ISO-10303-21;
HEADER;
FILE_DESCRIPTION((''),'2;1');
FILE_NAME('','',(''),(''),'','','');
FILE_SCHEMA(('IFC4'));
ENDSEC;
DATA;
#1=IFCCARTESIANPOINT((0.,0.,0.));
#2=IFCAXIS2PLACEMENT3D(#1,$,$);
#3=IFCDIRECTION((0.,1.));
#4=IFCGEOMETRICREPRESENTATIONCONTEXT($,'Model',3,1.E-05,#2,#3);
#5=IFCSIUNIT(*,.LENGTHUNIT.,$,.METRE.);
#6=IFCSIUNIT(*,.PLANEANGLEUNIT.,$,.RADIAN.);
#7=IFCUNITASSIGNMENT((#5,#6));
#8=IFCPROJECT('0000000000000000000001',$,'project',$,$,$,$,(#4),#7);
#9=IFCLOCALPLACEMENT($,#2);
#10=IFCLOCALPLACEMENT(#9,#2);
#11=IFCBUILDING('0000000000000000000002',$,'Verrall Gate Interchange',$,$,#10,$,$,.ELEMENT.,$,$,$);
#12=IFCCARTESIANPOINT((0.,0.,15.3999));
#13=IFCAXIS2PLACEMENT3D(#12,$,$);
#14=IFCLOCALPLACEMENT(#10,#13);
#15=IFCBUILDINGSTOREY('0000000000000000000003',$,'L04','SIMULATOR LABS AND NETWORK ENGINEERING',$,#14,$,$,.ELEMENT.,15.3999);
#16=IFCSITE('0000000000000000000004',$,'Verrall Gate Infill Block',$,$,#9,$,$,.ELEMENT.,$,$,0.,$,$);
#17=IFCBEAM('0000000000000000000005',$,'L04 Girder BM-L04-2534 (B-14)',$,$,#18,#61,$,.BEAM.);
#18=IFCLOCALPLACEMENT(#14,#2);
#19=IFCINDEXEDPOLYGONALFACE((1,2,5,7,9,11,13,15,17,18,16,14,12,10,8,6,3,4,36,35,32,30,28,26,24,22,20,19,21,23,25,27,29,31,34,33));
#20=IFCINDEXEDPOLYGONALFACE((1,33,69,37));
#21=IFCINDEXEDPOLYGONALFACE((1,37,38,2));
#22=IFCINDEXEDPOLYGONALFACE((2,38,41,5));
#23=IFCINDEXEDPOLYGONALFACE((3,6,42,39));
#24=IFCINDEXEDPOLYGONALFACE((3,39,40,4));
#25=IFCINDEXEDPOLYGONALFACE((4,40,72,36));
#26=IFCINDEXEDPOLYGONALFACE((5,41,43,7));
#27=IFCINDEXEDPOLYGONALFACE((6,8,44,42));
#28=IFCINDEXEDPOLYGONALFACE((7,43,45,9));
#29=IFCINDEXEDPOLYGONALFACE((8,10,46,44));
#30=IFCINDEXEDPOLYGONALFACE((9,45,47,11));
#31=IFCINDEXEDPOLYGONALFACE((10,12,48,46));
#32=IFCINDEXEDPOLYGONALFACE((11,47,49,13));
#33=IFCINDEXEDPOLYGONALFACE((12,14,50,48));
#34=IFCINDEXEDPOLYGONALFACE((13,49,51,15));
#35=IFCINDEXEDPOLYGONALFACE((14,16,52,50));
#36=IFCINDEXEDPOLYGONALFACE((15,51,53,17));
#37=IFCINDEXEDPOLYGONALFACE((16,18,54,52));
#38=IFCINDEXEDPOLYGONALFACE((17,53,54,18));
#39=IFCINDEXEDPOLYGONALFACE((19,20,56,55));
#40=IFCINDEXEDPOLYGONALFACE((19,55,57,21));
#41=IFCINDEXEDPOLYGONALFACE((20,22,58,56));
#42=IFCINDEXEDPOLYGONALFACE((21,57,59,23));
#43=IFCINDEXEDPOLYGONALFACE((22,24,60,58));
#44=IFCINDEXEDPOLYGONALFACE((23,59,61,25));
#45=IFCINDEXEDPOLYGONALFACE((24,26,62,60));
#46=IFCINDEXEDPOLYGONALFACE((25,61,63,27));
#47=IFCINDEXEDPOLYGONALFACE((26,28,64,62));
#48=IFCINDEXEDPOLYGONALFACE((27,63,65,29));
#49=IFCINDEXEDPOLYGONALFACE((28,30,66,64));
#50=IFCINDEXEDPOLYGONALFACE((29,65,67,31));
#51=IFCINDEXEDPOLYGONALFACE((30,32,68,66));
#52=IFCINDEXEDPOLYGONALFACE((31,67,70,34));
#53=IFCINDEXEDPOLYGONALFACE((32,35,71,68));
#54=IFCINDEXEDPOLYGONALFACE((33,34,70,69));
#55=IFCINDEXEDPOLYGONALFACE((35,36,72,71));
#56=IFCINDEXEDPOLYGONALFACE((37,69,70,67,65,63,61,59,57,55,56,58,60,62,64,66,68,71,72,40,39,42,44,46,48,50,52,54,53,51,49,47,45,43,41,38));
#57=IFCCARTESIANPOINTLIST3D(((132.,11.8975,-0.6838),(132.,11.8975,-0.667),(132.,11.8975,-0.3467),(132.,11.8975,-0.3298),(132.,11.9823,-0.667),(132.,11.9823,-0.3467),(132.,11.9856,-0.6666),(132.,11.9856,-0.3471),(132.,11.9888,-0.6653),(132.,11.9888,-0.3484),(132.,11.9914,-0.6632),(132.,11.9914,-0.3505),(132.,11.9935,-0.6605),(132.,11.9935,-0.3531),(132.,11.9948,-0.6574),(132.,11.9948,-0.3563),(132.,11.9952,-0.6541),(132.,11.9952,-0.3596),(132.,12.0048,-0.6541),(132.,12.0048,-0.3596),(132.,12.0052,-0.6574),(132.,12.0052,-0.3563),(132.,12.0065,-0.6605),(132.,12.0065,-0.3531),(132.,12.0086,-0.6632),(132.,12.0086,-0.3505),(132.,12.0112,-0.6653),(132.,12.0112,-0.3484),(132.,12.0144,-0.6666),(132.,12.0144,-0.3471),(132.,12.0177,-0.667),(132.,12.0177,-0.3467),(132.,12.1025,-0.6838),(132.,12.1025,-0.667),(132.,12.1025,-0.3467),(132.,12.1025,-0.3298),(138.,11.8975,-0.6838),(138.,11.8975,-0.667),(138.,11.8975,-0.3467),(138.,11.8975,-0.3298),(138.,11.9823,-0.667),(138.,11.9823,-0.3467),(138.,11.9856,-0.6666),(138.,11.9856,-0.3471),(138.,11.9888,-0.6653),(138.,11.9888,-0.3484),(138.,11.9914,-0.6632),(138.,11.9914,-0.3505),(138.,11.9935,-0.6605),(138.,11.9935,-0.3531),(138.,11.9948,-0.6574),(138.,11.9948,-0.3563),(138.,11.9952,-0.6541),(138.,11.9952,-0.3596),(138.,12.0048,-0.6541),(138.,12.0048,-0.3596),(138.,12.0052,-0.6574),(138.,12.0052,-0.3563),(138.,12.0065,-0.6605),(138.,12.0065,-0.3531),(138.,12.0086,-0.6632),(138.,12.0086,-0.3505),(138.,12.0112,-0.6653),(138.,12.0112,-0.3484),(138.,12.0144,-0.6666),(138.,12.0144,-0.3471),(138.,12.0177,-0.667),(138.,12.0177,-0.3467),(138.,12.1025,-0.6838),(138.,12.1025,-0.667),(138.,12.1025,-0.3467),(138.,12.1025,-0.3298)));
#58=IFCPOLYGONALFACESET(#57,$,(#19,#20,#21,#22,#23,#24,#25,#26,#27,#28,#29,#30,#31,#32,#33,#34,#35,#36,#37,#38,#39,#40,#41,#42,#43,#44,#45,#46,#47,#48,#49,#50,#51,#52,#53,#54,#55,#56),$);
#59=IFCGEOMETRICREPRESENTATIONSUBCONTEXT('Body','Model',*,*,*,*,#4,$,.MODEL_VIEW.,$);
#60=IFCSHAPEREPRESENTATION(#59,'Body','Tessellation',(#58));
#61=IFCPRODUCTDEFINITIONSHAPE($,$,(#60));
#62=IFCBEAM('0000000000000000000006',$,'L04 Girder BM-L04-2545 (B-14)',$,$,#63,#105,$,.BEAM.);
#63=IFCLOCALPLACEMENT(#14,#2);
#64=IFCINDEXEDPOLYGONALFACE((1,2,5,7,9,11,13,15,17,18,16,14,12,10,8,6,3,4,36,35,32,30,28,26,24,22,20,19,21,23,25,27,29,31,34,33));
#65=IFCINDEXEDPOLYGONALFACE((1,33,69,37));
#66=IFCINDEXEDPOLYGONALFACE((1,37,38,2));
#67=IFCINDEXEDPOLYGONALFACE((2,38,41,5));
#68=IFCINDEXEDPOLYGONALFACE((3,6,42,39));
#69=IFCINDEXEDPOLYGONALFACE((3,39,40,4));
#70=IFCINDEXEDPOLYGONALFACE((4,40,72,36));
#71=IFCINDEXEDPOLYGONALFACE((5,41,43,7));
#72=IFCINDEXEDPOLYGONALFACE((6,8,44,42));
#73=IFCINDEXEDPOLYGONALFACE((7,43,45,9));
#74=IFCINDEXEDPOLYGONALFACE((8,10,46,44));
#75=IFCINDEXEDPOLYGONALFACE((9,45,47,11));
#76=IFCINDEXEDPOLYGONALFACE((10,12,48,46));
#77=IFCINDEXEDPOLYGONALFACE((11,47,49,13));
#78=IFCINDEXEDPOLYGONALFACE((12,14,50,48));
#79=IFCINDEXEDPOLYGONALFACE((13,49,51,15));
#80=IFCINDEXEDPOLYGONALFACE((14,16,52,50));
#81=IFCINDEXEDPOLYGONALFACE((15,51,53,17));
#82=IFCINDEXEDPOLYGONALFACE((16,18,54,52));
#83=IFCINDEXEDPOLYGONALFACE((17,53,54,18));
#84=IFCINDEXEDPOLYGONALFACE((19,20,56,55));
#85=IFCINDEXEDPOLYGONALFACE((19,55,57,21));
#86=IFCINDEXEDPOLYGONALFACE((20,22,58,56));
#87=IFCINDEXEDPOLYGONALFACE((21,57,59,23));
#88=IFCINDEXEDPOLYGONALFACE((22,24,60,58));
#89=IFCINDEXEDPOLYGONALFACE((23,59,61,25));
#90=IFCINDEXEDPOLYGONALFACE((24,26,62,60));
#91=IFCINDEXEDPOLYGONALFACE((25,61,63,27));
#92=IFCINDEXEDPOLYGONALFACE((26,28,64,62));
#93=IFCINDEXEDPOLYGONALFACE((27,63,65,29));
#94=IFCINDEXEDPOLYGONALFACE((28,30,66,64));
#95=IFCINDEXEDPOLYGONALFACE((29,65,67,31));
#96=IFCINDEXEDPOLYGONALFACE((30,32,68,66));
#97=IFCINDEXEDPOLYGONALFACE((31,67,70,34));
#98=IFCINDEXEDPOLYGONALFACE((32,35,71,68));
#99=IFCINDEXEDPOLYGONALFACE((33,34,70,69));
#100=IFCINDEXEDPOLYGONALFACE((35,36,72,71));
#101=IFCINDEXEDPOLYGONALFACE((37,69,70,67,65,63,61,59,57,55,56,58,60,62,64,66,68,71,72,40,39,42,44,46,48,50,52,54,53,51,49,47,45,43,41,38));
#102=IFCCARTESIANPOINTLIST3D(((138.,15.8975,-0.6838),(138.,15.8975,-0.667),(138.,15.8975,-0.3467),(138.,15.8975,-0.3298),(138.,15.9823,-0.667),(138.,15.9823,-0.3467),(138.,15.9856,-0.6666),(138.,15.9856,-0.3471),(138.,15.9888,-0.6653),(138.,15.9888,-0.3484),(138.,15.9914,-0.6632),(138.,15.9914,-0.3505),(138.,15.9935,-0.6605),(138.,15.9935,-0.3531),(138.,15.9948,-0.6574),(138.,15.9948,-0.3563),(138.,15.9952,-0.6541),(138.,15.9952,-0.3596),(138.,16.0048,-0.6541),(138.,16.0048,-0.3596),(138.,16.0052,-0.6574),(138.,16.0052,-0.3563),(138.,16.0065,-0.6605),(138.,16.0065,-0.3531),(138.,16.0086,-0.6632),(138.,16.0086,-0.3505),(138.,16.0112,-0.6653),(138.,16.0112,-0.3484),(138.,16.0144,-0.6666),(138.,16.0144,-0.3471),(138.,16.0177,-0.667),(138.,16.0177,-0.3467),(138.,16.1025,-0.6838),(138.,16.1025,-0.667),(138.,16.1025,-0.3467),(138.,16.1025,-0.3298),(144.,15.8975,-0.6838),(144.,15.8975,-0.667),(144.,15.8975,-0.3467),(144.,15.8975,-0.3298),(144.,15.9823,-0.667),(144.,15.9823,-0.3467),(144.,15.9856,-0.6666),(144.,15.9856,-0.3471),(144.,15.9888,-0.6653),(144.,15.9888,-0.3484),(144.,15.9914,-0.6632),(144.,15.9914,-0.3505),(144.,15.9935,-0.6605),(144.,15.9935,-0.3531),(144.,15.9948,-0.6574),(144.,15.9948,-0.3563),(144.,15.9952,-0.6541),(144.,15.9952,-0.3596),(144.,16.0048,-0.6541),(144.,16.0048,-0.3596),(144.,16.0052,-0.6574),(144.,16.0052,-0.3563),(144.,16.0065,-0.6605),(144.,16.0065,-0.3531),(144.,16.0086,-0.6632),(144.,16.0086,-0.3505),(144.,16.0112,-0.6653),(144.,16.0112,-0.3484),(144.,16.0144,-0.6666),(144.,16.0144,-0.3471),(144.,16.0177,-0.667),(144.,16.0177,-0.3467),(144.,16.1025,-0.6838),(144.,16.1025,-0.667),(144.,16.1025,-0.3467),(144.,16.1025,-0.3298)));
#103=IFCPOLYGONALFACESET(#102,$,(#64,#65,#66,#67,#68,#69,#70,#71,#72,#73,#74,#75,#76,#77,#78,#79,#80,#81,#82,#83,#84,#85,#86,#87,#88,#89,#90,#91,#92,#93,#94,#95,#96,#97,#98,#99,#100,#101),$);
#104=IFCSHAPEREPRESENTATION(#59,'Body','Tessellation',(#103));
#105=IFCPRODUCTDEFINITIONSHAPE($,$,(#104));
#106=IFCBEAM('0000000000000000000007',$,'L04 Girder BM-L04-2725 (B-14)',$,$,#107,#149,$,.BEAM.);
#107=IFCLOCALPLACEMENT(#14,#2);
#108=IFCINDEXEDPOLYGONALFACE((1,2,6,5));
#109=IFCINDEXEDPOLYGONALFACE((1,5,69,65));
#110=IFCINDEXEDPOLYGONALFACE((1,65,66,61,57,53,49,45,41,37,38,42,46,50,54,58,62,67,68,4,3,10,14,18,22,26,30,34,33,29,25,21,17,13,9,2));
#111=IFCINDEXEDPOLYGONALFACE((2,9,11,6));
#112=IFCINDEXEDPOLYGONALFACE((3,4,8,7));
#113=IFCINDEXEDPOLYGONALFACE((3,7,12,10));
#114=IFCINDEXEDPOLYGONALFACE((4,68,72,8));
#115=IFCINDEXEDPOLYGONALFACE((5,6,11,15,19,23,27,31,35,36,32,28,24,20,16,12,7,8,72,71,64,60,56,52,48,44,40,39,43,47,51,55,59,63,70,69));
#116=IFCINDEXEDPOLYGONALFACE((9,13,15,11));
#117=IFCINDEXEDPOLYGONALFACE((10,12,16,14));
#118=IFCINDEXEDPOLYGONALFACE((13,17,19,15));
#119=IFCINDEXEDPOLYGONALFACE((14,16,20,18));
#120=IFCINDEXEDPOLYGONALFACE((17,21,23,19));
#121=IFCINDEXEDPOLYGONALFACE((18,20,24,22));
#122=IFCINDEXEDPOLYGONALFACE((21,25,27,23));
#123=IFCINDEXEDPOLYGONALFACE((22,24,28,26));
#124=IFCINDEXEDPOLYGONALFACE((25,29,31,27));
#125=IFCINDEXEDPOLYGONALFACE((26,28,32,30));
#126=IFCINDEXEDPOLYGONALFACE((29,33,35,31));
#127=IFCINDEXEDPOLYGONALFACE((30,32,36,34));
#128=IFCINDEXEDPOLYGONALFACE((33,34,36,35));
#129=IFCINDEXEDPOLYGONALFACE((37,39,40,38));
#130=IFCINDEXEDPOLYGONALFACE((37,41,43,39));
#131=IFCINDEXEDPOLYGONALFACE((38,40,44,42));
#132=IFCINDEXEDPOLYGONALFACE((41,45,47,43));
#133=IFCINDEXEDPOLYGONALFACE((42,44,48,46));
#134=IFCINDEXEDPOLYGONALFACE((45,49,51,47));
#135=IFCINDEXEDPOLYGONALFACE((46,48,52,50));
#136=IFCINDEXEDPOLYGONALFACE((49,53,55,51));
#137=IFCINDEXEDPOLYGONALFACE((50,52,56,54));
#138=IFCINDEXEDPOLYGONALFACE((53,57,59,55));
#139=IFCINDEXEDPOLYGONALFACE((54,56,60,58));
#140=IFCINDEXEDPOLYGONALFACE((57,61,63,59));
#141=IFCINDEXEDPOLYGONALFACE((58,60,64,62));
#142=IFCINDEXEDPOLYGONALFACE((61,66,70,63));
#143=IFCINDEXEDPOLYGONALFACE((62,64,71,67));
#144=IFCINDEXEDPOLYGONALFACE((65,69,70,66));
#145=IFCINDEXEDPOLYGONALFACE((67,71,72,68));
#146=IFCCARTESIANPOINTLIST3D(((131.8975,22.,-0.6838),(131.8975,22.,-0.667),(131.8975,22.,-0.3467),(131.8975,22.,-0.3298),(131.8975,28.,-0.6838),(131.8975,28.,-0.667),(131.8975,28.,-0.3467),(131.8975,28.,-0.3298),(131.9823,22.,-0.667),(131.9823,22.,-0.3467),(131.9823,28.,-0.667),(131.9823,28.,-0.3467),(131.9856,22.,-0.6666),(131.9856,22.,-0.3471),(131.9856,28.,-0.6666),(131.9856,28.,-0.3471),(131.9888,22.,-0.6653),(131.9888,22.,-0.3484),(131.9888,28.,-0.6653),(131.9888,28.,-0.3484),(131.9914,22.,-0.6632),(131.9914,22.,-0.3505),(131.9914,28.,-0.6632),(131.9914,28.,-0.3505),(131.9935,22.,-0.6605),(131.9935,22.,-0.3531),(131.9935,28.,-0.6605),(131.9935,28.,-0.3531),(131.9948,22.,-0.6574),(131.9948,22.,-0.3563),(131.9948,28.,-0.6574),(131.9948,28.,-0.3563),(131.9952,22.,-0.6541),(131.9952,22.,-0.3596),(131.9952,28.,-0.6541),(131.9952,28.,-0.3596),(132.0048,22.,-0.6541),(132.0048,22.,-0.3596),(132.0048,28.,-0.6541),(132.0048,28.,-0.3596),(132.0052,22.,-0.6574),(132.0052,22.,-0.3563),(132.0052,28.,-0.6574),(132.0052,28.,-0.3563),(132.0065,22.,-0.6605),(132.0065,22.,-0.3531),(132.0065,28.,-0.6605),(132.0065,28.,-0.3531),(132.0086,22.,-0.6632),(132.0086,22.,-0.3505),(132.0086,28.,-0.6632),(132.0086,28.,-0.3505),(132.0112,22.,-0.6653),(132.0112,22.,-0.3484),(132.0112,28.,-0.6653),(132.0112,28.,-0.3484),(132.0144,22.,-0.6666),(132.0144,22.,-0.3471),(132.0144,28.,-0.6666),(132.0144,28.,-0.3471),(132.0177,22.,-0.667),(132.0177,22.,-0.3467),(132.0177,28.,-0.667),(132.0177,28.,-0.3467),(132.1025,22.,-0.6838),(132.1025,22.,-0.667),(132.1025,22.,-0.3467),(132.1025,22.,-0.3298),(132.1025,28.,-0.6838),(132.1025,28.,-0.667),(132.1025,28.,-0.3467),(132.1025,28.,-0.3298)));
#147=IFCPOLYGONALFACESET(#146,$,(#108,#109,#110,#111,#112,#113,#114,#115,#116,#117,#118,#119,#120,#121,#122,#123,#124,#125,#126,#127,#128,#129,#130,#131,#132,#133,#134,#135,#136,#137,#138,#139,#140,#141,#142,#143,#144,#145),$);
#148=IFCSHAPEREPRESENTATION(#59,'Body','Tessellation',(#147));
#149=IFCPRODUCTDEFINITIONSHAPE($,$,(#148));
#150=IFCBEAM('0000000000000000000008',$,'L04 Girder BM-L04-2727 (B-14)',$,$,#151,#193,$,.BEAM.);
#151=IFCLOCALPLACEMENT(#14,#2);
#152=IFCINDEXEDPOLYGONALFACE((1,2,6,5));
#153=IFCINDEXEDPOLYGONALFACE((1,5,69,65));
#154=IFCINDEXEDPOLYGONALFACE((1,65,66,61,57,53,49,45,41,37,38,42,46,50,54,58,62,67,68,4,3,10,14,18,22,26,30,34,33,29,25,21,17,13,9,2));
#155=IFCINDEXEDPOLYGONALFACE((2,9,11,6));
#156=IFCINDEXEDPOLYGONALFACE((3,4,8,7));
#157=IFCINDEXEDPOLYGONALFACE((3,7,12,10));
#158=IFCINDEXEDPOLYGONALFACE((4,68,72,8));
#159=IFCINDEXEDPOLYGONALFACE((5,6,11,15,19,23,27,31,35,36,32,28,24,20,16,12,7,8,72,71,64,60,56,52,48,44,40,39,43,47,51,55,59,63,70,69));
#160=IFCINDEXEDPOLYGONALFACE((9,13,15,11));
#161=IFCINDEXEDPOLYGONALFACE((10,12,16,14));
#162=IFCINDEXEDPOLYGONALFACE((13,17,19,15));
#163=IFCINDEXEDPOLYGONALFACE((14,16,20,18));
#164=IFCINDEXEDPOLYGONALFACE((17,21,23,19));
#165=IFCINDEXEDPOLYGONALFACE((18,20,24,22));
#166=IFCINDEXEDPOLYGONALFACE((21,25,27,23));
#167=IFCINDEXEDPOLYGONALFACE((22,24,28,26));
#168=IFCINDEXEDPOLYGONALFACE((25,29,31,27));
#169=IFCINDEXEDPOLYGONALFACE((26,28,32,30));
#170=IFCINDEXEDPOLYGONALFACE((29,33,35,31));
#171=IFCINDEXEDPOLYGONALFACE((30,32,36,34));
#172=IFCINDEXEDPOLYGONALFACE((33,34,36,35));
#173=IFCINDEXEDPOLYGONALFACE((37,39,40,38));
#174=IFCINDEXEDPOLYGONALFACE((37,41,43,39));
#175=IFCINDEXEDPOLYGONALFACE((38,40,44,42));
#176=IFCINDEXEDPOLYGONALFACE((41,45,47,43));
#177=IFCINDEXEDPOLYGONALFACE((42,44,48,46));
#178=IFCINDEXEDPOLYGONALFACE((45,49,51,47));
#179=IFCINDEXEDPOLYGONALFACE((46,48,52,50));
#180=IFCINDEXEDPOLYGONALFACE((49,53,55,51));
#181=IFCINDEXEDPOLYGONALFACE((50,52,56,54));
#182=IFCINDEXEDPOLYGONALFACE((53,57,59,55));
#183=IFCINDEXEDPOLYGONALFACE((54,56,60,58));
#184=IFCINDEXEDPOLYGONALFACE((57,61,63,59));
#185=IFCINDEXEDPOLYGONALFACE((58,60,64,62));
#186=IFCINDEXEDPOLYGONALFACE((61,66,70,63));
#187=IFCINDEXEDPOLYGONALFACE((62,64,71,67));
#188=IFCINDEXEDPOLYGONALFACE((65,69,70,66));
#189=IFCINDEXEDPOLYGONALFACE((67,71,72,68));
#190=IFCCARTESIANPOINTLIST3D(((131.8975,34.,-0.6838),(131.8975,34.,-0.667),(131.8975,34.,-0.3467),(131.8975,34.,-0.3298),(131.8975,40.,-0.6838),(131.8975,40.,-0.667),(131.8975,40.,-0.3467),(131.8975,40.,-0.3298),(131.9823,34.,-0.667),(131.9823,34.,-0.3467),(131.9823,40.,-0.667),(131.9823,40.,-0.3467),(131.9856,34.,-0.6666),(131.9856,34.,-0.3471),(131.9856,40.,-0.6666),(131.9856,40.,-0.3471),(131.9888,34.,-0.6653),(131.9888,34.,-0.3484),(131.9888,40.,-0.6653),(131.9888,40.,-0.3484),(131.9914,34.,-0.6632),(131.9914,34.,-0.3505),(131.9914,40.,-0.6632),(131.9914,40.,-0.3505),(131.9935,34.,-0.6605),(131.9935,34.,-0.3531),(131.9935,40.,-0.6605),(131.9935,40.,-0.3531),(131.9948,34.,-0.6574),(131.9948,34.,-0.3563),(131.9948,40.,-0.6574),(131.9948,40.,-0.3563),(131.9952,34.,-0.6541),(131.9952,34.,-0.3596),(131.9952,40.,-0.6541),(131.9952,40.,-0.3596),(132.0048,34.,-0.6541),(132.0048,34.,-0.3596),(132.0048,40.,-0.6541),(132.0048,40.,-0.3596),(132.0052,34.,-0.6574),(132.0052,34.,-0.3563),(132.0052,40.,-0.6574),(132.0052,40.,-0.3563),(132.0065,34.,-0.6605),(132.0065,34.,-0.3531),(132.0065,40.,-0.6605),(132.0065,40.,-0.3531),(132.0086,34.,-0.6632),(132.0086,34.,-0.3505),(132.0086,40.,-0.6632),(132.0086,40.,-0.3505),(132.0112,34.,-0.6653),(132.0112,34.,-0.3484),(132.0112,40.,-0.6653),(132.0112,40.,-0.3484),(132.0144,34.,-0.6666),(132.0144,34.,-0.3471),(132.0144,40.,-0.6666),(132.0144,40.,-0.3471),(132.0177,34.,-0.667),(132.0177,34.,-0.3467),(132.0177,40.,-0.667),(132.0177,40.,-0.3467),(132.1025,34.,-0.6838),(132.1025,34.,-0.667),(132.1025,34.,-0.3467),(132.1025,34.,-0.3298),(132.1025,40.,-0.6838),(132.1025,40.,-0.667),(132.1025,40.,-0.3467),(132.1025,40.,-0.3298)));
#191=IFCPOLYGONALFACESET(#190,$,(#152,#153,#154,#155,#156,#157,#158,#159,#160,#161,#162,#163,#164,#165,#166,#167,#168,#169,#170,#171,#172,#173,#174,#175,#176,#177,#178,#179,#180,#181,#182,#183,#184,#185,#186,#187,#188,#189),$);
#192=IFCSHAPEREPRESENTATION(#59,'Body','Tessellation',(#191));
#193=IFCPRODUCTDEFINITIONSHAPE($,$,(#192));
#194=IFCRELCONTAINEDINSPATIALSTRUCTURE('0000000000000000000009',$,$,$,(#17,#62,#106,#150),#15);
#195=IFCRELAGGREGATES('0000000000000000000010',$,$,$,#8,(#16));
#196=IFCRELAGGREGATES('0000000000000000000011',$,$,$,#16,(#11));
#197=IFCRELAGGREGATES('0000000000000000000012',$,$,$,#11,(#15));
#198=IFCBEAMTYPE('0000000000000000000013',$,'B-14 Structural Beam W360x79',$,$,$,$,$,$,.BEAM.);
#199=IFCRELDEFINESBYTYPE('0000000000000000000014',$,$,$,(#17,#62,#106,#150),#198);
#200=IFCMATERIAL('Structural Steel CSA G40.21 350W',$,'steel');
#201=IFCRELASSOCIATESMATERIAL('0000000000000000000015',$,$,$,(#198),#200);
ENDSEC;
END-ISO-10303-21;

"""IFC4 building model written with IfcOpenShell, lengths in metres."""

from ifc_helpers import new_model, si_unit, direction, frame, origin, origin_2d, place, context, subcontext, project, spatial, i_section, extrude, material, material_profile, profile_set, type_object, element, save


model = new_model("IFC4")

# Units and contexts
model_context = context("Model", 3, precision=1e-05, world=origin(), true_north=direction((0.0, 1.0)))
body_context = subcontext(model_context, "Body", "Model", "MODEL_VIEW")
ifc_project = project(units=[si_unit("LENGTHUNIT", "METRE"), si_unit("PLANEANGLEUNIT", "RADIAN")], contexts=[model_context])

# Site, building, storey
site_placement = place(None, origin())
site = spatial("IfcSite", under=ifc_project, at=site_placement, Name="Verrall Gate Infill Block", CompositionType="ELEMENT", RefElevation=0.0)
building_placement = place(site_placement, origin())
building = spatial("IfcBuilding", under=site, at=building_placement, Name="Verrall Gate Interchange", CompositionType="ELEMENT")
storey_placement = place(building_placement, frame((0.0, 0.0, 15.3999)))
storey = spatial("IfcBuildingStorey", under=building, at=storey_placement, Name="L04", Description="SIMULATOR LABS AND NETWORK ENGINEERING", CompositionType="ELEMENT", Elevation=15.3999)

# Beams
ifc_material_1 = material(Name="Structural Steel CSA G40.21 350W", Category="steel")
ifc_material_profile_1 = material_profile(ifc_material_1, i_section(OverallWidth=0.2051, OverallDepth=0.354, WebThickness=0.0095, FlangeThickness=0.0168, FilletRadius=0.0129, at=origin_2d()), Name="W360x79")
ifc_profile_set_1 = profile_set([ifc_material_profile_1], Name="Structural Steel CSA G40.21 350W")
beam_type_1 = type_object("IfcBeamType", Name="B-14 Structural Beam W360x79", PredefinedType="BEAM", material=ifc_profile_set_1)
for number, where, z_axis, x_axis, name in (
    (1, (132.0, 12.0, -0.5068), (1.0, 0.0, 0.0), (0.0, 1.0, 0.0), "L04 Girder BM-L04-2534 (B-14)"),
    (2, (138.0, 16.0, -0.5068), (1.0, 0.0, 0.0), (0.0, 1.0, 0.0), "L04 Girder BM-L04-2545 (B-14)"),
    (3, (132.0, 22.0, -0.5068), (0.0, 1.0, 0.0), (-1.0, 0.0, 0.0), "L04 Girder BM-L04-2725 (B-14)"),
    (4, (132.0, 34.0, -0.5068), (0.0, 1.0, 0.0), (-1.0, 0.0, 0.0), "L04 Girder BM-L04-2727 (B-14)"),
):
    element("IfcBeam", number, at=place(storey_placement, frame(where, z_axis=z_axis, x_axis=x_axis)), inside=storey, type_object=beam_type_1, Name=name, PredefinedType="BEAM", context=body_context, shape_type="SweptSolid", body=[
        extrude(i_section(OverallWidth=0.2051, OverallDepth=0.354, WebThickness=0.0095, FlangeThickness=0.0168, FilletRadius=0.0129, at=origin_2d()), origin(), (0.0, 0.0, 1.0), 6.0),
    ])

save(model, "model.ifc")
